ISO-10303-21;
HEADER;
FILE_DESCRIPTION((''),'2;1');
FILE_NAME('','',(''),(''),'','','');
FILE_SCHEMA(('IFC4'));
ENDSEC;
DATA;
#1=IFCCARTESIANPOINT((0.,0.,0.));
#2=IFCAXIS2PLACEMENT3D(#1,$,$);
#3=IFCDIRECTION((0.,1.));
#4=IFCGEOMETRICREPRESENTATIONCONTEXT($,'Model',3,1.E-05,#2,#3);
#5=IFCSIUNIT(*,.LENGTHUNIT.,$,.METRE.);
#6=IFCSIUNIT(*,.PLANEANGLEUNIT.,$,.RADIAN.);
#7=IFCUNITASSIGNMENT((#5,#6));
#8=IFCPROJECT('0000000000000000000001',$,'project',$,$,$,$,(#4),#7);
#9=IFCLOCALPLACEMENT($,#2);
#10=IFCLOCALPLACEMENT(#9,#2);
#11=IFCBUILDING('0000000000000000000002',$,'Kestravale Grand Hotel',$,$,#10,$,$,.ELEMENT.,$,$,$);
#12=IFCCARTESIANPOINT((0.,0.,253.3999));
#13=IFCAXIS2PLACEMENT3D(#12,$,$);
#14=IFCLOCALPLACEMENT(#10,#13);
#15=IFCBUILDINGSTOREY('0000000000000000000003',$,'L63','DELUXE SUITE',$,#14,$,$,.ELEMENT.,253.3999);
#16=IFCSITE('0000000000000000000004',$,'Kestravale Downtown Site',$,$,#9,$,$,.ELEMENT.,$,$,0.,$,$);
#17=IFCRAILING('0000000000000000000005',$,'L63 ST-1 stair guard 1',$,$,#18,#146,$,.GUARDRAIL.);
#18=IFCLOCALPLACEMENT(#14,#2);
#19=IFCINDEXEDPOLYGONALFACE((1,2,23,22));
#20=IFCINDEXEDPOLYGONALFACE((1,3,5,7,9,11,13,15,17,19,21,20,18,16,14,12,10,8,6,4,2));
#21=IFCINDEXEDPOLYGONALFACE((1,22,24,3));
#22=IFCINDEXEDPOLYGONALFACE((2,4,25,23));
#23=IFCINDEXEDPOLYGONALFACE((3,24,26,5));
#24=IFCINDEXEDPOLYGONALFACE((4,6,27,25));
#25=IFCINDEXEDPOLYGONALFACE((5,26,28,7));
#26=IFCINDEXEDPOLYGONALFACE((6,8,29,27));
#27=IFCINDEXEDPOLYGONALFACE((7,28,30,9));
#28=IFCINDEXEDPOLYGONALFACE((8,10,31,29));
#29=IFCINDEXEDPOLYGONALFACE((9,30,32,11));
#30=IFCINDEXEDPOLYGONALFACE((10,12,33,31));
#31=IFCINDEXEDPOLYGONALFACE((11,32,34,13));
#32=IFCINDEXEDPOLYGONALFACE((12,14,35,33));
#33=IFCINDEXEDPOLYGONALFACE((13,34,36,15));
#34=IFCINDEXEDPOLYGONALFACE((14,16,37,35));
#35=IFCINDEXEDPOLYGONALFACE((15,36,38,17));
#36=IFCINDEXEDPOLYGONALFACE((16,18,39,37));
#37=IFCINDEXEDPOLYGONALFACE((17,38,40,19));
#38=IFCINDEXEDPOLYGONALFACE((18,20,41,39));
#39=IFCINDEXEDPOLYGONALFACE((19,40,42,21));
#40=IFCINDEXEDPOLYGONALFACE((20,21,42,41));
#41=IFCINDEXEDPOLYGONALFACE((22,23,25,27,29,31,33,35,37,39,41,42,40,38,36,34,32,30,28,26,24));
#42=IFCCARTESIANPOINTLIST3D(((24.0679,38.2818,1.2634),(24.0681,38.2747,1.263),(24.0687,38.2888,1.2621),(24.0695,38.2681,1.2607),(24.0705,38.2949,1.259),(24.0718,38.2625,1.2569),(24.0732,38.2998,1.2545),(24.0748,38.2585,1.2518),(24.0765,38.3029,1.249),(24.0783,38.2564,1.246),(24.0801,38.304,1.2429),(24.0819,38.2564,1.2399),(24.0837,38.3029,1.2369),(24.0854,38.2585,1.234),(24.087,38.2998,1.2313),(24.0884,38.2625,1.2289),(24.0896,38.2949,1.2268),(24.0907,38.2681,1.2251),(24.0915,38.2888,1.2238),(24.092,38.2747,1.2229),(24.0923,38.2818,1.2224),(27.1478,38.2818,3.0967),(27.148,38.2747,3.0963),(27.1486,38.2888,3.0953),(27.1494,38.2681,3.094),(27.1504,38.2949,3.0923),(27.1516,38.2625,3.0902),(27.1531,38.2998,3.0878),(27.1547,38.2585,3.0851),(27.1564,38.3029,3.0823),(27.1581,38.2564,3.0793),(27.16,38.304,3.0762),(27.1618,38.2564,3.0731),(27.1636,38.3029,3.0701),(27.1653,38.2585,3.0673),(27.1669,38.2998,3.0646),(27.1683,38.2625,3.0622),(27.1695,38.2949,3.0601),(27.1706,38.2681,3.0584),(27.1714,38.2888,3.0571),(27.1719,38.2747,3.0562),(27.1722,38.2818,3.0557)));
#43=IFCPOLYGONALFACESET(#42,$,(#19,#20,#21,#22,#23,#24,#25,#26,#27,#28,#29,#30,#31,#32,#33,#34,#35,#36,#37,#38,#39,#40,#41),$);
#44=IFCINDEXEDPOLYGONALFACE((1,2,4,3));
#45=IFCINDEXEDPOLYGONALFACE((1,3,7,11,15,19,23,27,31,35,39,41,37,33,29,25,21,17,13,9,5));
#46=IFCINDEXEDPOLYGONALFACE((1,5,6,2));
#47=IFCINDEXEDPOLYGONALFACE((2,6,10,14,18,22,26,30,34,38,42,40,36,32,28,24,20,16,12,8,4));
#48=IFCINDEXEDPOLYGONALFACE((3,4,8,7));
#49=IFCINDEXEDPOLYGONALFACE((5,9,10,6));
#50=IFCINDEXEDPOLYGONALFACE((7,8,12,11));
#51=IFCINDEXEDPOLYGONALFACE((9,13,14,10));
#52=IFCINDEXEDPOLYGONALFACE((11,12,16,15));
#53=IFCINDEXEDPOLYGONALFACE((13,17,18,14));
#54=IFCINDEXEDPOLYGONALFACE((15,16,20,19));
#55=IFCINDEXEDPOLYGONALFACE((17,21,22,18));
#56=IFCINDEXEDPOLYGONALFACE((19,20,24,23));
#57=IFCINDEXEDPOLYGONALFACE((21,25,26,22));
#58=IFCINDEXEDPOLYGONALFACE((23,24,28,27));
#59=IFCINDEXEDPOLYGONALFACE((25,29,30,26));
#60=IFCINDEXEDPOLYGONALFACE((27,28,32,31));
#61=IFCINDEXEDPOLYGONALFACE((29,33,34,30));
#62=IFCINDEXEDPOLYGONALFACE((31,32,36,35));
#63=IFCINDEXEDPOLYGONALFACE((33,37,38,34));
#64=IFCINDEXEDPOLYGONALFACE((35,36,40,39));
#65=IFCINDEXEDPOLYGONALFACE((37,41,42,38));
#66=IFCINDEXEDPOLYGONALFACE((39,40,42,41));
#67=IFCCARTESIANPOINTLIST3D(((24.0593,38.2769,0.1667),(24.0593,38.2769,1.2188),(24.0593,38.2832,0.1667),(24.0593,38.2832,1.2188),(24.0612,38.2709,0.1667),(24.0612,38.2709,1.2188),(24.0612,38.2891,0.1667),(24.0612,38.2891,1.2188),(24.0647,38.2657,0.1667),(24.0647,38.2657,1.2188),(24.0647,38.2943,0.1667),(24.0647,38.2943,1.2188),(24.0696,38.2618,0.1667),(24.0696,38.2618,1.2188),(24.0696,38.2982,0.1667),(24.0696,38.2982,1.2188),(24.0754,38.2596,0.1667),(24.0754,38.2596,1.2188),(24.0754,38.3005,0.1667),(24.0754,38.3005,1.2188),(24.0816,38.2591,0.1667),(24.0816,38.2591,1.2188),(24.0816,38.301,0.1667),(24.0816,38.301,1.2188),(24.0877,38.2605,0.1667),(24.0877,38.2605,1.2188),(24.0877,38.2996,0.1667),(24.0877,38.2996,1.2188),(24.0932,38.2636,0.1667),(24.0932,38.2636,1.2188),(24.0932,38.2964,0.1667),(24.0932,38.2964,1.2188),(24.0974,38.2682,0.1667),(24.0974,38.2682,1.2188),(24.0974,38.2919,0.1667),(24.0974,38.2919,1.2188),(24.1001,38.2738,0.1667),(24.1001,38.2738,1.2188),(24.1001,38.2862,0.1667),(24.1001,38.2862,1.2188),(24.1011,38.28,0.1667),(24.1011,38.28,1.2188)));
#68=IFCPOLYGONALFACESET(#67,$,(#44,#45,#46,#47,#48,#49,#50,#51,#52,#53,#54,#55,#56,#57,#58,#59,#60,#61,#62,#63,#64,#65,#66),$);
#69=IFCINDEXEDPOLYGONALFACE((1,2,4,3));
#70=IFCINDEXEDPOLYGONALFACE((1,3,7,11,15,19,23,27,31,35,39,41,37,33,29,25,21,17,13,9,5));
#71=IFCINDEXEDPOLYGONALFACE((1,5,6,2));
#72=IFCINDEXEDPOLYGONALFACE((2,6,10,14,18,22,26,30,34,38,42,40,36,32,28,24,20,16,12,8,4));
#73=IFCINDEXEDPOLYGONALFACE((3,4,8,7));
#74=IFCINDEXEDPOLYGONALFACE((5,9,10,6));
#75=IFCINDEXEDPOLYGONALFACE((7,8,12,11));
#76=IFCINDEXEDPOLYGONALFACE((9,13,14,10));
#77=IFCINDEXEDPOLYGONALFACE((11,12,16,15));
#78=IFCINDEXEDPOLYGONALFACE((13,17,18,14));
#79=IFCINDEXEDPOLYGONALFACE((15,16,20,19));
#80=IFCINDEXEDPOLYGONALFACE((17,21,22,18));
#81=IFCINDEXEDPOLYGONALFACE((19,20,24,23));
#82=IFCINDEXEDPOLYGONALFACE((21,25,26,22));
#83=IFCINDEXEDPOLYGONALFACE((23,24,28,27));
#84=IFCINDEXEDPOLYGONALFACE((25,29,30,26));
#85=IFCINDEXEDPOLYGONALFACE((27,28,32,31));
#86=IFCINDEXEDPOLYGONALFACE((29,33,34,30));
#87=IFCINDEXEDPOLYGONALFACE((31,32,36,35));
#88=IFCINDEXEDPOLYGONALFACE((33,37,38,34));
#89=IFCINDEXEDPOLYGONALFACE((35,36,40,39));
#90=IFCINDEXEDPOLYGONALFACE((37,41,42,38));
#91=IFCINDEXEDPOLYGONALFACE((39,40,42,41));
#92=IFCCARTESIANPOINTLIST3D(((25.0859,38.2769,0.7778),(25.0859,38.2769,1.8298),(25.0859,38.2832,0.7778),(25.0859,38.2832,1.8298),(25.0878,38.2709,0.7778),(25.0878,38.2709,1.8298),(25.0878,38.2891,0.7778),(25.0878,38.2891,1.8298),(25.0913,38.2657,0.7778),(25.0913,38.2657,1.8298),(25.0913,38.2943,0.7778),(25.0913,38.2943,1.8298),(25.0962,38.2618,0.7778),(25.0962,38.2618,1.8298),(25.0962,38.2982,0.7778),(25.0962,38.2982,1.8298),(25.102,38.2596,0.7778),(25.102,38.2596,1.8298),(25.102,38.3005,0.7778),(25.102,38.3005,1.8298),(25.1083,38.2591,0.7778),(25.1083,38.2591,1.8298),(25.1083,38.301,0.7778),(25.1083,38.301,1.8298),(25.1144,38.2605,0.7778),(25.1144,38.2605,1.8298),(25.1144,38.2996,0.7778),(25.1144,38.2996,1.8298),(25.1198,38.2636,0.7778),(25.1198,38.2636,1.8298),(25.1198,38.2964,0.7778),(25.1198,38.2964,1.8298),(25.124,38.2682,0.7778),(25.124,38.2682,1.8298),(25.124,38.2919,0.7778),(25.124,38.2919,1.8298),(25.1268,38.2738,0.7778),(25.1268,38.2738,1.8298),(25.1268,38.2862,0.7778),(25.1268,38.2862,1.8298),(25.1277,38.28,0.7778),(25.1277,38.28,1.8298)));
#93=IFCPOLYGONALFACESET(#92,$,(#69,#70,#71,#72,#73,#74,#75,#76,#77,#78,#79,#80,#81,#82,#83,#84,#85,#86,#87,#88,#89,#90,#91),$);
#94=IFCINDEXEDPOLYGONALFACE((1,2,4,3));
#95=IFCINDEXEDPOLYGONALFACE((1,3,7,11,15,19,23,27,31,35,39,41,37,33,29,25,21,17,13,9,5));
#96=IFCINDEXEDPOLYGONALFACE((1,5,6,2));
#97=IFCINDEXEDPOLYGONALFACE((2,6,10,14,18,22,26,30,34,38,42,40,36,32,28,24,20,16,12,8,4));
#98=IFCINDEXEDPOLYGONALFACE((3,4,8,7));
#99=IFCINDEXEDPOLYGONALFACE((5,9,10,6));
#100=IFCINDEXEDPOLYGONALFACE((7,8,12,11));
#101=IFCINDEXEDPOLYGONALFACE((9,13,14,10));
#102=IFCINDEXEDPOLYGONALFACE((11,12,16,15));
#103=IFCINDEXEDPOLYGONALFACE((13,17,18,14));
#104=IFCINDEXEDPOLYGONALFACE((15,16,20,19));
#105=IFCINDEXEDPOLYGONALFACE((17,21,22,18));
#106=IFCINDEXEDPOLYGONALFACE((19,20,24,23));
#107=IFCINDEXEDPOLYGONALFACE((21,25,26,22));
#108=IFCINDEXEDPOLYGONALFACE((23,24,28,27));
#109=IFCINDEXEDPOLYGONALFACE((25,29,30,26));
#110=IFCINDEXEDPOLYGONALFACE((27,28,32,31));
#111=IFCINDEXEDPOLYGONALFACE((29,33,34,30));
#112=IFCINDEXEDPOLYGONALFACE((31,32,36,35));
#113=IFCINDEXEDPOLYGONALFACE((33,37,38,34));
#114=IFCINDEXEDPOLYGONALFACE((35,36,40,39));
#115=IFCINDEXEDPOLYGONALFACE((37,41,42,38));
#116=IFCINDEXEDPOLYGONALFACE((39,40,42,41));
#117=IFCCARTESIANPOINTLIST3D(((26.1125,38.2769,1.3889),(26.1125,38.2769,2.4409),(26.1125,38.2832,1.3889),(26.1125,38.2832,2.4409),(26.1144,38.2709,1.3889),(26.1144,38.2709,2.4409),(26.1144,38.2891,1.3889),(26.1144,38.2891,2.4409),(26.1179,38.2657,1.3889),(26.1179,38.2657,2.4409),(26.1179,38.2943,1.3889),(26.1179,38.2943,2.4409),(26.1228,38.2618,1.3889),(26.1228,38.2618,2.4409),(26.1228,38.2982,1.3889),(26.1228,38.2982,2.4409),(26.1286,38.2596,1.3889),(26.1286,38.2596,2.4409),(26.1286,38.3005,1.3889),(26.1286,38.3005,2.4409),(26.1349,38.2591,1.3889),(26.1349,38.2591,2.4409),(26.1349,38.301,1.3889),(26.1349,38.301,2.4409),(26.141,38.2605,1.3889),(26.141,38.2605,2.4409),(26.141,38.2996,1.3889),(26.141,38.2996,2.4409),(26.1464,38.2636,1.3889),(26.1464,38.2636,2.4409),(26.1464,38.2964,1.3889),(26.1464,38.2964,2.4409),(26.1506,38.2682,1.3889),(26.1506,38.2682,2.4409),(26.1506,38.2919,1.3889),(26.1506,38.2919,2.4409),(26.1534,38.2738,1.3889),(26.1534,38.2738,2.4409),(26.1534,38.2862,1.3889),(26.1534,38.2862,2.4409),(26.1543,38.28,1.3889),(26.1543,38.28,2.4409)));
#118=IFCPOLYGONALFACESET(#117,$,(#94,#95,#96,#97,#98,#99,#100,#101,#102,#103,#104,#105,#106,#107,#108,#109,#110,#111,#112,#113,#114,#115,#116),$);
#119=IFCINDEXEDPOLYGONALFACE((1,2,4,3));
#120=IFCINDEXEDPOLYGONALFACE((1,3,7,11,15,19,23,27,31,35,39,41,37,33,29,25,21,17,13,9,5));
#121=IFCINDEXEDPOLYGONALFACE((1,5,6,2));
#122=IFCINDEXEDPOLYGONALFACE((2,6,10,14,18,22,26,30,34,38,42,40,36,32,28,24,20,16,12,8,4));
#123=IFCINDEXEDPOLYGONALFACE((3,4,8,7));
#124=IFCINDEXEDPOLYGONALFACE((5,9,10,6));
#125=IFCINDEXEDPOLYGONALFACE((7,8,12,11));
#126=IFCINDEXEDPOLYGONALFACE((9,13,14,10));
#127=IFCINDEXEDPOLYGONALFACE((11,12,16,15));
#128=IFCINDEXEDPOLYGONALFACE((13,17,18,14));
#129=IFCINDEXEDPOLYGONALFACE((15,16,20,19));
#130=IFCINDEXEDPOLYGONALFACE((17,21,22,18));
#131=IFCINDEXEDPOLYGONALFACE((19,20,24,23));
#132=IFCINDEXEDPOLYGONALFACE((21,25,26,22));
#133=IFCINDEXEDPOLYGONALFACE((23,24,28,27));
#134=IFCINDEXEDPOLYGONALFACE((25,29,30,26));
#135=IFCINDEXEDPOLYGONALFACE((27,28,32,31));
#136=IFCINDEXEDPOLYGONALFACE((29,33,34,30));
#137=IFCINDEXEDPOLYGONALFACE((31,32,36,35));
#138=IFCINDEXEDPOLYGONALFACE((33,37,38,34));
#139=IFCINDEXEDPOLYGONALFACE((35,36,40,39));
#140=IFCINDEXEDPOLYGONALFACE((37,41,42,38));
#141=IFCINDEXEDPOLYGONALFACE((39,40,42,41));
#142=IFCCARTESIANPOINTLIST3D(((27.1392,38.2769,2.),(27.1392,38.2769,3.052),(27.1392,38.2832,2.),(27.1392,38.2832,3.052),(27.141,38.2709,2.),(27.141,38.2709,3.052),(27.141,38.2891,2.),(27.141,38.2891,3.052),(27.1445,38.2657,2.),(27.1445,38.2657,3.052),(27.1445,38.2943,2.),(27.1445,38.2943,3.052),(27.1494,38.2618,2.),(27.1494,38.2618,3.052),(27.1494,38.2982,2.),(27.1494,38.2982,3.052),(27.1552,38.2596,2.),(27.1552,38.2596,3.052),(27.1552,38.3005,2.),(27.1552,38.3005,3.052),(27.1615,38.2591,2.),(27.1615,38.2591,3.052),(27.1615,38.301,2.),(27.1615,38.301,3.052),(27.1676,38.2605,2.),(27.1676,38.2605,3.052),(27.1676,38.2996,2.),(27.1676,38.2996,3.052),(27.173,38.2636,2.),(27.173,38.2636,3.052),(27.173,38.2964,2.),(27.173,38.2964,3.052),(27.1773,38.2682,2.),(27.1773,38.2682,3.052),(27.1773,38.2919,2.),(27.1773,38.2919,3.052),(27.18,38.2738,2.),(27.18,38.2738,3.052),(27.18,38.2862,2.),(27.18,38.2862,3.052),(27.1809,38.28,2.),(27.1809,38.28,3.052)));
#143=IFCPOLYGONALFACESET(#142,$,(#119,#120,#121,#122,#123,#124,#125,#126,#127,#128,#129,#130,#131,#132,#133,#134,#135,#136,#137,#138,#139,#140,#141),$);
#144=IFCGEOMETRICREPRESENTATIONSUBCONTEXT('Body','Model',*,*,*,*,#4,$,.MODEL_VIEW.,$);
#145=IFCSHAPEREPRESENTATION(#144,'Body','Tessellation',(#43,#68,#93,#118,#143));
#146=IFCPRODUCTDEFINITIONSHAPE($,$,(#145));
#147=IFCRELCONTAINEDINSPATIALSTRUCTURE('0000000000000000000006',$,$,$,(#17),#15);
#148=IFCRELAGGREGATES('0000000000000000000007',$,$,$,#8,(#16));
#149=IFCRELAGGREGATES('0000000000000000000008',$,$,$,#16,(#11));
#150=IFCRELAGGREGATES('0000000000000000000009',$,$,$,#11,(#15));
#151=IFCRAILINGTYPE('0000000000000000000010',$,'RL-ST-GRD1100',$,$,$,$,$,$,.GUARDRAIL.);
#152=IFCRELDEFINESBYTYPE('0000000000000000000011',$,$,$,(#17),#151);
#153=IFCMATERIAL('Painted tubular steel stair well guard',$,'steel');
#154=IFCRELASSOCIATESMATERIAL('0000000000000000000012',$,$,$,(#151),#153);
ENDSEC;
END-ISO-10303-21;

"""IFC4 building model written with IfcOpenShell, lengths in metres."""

from ifc_helpers import new_model, si_unit, direction, frame, origin, origin_2d, place, context, subcontext, project, spatial, circle, extrude, material, type_object, element, save


model = new_model("IFC4")

# Units and contexts
model_context = context("Model", 3, precision=1e-05, world=origin(), true_north=direction((0.0, 1.0)))
body_context = subcontext(model_context, "Body", "Model", "MODEL_VIEW")
ifc_project = project(units=[si_unit("LENGTHUNIT", "METRE"), si_unit("PLANEANGLEUNIT", "RADIAN")], contexts=[model_context])

# Site, building, storey
site_placement = place(None, origin())
site = spatial("IfcSite", under=ifc_project, at=site_placement, Name="Kestravale Downtown Site", CompositionType="ELEMENT", RefElevation=0.0)
building_placement = place(site_placement, origin())
building = spatial("IfcBuilding", under=site, at=building_placement, Name="Kestravale Grand Hotel", CompositionType="ELEMENT")
storey_placement = place(building_placement, frame((0.0, 0.0, 253.3999)))
storey = spatial("IfcBuildingStorey", under=building, at=storey_placement, Name="L63", Description="DELUXE SUITE", CompositionType="ELEMENT", Elevation=253.3999)

# Railing
ifc_material_1 = material(Name="Painted tubular steel stair well guard", Category="steel")
railing_type_1 = type_object("IfcRailingType", Name="RL-ST-GRD1100", PredefinedType="GUARDRAIL", material=ifc_material_1)
railing_1_placement = place(storey_placement, frame((24.0801, 38.28, 0.1667)))
element("IfcRailing", 1, at=railing_1_placement, inside=storey, type_object=railing_type_1, Name="L63 ST-1 stair guard 1", PredefinedType="GUARDRAIL", context=body_context, shape_type="SweptSolid", body=[
    extrude(circle(Radius=0.0239, at=origin_2d()), frame((0.0, 0.0, 1.0762), z_axis=(0.859291, 0.0, 0.511487), x_axis=(0.0, 1.0, 0.0)), (0.0, 0.0, 1.0), 3.5842),
    extrude(circle(Radius=0.021, at=origin_2d()), origin(), (0.0, 0.0, 1.0), 1.052),
    extrude(circle(Radius=0.021, at=origin_2d()), frame((1.0266, 0.0, 0.6111)), (0.0, 0.0, 1.0), 1.052),
    extrude(circle(Radius=0.021, at=origin_2d()), frame((2.0532, 0.0, 1.2222)), (0.0, 0.0, 1.0), 1.052),
    extrude(circle(Radius=0.021, at=origin_2d()), frame((3.0798, 0.0, 1.8333)), (0.0, 0.0, 1.0), 1.052),
])

save(model, "model.ifc")
